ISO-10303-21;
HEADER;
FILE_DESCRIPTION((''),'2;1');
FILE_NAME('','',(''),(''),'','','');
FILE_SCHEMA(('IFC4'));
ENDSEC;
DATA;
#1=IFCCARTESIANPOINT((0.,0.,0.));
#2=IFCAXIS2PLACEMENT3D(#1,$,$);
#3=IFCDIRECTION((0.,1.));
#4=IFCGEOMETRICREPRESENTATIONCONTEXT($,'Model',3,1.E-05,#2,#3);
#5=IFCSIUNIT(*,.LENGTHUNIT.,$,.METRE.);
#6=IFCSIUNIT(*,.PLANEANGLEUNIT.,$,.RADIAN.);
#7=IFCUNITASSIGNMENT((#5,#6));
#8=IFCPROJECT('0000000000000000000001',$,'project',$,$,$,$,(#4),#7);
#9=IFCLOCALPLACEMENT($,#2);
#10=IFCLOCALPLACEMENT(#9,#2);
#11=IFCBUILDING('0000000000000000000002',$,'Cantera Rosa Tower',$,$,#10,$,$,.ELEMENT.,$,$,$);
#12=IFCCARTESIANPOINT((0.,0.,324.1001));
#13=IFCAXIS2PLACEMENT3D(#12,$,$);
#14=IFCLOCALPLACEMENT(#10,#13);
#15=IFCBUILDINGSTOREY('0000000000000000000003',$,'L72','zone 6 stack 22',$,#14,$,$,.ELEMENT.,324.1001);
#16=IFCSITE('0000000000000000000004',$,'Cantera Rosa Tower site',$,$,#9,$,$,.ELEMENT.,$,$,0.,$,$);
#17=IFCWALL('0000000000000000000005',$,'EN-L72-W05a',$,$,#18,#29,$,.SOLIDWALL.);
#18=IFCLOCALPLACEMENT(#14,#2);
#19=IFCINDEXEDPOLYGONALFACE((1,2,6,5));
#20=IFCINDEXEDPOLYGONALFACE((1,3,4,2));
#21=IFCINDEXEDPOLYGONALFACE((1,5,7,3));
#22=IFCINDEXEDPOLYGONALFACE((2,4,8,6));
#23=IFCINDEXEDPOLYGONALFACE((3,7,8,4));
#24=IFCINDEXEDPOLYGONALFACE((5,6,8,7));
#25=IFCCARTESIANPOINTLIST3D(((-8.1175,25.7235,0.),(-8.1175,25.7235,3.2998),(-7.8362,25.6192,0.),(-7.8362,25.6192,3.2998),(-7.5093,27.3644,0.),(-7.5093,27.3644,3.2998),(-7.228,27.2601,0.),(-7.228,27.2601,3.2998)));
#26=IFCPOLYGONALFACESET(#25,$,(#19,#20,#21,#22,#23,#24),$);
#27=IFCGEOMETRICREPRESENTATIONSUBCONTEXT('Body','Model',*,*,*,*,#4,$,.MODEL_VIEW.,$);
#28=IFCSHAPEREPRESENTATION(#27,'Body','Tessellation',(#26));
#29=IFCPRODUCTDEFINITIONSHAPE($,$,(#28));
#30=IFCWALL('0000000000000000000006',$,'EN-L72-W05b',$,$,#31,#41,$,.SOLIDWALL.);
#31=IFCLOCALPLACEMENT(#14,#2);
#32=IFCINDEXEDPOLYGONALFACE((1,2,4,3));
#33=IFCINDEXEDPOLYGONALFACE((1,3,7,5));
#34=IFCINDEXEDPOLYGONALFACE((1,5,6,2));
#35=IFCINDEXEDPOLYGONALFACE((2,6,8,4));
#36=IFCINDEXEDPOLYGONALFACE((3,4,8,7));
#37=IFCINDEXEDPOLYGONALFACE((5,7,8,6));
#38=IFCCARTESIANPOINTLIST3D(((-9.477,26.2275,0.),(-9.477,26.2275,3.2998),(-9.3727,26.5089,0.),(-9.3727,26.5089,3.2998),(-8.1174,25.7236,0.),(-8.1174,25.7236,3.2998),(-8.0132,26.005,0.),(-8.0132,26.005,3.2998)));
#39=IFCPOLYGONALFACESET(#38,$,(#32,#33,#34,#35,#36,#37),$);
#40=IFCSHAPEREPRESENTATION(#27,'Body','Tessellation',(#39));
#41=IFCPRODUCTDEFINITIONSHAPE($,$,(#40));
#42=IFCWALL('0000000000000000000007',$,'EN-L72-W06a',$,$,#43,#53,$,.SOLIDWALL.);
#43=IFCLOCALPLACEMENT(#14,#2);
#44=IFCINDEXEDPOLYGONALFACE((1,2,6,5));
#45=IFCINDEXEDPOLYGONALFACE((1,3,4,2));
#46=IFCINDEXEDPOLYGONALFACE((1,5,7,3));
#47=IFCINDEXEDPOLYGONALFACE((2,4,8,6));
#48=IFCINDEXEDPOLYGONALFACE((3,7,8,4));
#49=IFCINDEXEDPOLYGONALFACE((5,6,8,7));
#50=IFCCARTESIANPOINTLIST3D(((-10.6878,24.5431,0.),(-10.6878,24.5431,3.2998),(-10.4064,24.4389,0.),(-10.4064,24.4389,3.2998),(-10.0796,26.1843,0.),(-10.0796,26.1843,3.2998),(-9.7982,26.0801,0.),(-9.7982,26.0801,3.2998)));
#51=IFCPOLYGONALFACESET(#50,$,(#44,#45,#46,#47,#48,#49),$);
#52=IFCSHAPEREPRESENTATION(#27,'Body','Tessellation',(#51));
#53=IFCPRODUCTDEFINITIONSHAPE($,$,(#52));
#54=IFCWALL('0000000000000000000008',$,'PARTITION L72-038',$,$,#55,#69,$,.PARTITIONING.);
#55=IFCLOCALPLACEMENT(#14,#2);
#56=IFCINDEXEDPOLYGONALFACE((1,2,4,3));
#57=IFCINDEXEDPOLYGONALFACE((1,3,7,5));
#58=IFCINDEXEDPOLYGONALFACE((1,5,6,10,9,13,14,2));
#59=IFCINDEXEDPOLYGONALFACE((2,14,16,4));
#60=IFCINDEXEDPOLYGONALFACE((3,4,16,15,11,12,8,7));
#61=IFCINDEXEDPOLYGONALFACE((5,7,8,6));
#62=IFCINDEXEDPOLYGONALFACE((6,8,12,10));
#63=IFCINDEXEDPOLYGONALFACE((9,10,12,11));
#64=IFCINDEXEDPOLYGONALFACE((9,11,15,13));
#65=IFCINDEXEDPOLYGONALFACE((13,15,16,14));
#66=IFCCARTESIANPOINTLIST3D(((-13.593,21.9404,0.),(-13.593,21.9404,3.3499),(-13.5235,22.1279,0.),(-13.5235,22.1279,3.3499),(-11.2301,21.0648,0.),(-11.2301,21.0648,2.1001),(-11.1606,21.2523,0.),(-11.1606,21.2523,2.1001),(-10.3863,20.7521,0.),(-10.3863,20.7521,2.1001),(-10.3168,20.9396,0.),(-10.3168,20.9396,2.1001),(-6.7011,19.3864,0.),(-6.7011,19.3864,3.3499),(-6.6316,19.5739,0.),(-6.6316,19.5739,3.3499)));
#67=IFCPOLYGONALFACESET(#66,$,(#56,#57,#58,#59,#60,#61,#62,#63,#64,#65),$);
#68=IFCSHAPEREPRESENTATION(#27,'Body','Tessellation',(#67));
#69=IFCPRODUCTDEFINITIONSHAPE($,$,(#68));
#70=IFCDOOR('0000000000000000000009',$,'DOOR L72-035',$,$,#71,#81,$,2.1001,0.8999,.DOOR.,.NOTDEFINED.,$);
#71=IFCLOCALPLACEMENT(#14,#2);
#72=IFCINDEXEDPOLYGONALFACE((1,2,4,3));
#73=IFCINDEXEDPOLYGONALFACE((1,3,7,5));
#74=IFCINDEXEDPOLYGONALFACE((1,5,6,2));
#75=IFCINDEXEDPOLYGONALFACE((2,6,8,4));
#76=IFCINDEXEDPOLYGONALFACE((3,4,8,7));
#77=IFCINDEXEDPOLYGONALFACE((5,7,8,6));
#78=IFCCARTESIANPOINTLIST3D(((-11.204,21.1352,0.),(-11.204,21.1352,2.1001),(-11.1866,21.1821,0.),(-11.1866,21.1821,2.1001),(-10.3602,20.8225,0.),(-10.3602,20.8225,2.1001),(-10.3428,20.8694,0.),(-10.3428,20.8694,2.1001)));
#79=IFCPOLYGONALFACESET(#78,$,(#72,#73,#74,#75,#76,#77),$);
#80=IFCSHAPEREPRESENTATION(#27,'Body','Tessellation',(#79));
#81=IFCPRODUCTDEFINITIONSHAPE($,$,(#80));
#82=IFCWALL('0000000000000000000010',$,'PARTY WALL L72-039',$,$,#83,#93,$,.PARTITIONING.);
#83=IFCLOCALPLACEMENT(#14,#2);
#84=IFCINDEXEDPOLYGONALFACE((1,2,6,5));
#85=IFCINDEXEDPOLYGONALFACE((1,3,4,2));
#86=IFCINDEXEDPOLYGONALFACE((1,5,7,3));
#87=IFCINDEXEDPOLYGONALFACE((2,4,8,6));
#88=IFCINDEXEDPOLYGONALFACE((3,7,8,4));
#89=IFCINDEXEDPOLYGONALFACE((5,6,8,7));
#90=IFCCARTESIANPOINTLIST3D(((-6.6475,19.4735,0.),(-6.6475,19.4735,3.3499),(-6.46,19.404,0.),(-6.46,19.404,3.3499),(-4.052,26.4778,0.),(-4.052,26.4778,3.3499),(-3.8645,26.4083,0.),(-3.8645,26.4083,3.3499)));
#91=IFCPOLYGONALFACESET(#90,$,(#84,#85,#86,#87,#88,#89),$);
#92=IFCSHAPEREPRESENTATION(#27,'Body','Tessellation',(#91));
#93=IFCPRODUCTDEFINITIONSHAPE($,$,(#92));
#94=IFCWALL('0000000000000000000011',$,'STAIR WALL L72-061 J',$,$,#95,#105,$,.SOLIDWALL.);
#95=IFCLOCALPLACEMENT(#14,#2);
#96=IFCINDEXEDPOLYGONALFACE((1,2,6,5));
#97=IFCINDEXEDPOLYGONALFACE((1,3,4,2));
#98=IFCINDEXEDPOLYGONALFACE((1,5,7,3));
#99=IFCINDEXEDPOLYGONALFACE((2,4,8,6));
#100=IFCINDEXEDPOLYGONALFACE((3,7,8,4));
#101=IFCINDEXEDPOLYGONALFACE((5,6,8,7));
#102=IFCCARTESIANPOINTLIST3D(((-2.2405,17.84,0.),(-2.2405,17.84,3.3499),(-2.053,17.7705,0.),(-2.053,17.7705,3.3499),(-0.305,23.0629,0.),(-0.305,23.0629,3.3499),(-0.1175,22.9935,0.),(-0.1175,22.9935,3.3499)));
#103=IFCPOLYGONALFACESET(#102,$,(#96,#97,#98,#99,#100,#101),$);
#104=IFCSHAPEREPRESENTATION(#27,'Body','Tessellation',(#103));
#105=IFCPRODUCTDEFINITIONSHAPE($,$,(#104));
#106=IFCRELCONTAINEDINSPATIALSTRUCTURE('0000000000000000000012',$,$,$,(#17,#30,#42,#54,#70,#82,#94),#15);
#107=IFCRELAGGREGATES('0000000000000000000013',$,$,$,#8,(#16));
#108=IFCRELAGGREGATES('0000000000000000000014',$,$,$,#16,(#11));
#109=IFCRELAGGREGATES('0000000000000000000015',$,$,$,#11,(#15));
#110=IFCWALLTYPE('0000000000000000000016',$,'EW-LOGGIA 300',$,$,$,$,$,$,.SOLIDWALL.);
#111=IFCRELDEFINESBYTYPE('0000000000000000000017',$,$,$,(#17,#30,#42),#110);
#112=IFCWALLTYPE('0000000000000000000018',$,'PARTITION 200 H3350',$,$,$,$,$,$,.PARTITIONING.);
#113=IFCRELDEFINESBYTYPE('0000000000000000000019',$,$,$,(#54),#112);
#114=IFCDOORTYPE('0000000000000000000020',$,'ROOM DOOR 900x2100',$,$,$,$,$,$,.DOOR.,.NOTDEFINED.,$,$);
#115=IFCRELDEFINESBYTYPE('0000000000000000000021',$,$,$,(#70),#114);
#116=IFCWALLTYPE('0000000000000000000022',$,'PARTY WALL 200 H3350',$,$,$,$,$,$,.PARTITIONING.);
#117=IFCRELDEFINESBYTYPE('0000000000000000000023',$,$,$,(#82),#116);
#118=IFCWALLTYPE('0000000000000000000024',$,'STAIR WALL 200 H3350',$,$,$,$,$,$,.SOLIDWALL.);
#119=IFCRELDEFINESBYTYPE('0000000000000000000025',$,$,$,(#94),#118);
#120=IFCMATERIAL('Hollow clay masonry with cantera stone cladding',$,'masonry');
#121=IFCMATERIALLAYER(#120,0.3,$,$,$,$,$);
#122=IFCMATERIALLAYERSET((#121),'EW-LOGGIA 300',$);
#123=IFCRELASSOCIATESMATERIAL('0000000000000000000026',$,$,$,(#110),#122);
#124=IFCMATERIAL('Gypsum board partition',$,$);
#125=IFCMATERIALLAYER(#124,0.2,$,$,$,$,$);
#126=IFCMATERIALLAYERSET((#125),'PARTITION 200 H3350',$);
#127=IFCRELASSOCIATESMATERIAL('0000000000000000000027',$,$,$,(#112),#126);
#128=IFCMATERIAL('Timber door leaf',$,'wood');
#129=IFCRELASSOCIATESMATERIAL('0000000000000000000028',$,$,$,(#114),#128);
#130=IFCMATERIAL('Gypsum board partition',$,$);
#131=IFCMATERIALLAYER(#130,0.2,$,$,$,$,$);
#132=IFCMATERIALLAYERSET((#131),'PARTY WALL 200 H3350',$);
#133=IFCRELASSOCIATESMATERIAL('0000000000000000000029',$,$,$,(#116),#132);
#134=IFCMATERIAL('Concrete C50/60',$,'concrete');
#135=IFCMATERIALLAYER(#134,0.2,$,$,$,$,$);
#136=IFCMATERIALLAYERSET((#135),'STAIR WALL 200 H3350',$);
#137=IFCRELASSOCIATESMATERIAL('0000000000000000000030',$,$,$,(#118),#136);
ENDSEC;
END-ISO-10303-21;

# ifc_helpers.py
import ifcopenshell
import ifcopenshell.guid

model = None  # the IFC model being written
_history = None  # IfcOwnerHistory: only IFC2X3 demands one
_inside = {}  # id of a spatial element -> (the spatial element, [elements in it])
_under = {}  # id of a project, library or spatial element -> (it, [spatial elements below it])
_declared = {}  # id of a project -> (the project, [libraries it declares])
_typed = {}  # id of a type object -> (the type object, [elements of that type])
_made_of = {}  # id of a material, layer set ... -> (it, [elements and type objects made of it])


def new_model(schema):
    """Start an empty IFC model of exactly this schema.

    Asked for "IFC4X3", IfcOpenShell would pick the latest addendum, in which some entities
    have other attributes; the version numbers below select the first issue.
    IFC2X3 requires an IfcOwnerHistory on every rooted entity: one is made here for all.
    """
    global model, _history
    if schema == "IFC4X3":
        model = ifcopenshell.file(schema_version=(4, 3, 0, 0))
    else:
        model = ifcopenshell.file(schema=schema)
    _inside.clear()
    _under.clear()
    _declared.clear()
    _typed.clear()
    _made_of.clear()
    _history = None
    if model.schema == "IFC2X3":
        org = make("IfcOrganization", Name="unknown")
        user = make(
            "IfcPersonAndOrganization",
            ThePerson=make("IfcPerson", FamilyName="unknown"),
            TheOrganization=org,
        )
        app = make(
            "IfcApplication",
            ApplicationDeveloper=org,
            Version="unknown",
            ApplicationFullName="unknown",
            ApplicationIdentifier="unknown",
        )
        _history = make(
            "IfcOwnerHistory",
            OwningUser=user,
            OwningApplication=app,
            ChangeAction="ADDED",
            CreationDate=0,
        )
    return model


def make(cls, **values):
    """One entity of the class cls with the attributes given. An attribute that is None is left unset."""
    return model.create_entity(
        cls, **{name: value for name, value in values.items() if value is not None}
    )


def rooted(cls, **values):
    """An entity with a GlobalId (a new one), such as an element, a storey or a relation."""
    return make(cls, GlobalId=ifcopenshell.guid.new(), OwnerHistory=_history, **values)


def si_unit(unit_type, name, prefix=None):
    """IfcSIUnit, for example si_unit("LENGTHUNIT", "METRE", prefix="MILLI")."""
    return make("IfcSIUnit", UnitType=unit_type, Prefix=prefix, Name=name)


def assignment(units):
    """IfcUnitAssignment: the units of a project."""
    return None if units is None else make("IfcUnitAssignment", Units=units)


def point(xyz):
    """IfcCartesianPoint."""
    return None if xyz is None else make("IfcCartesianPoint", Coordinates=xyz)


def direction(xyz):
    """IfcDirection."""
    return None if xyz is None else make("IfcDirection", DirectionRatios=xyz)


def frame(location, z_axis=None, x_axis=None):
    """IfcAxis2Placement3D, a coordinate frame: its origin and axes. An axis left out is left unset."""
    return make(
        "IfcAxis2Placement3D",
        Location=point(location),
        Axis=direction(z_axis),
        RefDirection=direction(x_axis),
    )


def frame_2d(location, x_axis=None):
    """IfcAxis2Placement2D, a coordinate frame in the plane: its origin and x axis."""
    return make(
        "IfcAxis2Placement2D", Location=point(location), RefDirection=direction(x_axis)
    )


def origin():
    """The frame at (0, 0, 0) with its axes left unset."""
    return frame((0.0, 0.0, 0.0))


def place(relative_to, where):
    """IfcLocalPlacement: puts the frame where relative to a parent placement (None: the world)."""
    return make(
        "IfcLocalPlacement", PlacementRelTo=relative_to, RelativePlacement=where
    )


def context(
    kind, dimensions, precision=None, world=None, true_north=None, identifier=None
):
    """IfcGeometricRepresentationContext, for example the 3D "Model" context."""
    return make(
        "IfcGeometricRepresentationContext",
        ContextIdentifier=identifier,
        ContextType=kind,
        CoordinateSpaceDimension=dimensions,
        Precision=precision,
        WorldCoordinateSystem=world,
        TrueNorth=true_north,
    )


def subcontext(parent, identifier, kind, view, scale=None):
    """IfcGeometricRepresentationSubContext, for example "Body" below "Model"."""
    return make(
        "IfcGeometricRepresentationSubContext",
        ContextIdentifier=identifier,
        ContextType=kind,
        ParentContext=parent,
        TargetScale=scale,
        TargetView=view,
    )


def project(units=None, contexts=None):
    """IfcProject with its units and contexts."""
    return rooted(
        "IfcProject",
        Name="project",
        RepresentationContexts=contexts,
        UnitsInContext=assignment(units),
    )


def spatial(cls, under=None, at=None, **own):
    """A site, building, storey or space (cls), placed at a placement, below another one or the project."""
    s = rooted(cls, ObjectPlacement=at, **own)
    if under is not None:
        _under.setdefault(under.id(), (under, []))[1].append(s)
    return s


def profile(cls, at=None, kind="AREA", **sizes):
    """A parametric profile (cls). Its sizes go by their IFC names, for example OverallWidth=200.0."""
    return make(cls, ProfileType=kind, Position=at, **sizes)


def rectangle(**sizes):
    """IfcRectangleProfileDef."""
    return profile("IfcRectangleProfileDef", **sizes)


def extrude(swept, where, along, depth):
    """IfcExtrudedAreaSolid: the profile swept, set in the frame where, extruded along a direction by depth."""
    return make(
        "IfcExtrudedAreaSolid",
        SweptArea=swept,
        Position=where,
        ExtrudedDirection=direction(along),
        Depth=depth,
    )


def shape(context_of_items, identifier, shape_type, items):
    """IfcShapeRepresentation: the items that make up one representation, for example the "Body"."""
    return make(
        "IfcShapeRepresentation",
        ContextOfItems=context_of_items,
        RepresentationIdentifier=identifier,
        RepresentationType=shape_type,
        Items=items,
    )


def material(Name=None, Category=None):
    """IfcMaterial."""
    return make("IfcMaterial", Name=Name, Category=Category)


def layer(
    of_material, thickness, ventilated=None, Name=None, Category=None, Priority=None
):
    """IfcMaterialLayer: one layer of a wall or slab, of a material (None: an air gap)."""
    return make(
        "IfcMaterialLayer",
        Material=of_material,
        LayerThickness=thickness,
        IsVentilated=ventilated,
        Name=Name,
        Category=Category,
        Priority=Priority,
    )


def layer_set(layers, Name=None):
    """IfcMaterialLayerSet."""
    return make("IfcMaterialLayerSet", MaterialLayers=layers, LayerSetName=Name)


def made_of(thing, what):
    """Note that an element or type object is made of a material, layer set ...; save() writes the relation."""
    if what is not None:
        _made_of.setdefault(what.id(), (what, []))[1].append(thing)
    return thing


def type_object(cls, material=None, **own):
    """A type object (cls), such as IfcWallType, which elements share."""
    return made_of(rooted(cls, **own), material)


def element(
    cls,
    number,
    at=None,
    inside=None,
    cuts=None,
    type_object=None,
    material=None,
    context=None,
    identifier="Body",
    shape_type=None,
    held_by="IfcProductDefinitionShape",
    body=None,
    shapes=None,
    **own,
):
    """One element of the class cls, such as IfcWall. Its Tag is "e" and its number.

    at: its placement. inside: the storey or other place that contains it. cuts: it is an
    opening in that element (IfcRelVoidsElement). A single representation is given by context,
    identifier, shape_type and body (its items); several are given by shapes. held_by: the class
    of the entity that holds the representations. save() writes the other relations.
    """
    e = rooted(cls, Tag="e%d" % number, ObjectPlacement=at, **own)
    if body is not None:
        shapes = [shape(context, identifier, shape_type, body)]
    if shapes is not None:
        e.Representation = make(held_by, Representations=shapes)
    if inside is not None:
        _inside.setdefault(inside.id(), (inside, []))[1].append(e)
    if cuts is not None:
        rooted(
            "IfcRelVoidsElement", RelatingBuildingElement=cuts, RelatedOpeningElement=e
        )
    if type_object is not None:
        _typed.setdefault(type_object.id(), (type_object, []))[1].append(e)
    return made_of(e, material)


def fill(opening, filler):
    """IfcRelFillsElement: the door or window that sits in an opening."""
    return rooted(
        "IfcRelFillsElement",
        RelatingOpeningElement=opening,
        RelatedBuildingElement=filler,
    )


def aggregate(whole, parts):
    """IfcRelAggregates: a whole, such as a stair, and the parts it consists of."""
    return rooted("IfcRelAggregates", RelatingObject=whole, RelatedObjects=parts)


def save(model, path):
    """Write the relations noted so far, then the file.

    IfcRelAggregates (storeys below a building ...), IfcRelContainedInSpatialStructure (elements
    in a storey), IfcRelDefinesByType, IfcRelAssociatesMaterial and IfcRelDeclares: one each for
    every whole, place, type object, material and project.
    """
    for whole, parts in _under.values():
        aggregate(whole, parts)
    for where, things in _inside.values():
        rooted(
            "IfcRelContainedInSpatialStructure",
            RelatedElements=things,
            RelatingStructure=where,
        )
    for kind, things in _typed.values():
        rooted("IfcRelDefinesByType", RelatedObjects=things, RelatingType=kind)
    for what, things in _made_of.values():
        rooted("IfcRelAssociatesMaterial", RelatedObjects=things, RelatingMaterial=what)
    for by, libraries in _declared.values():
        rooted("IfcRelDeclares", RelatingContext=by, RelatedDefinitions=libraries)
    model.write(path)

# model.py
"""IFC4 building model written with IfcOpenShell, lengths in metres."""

from ifc_helpers import new_model, si_unit, direction, frame, frame_2d, origin, place, context, subcontext, project, spatial, rectangle, extrude, material, layer, layer_set, type_object, element, fill, save


model = new_model("IFC4")

# Units and contexts
model_context = context("Model", 3, precision=1e-05, world=origin(), true_north=direction((0.0, 1.0)))
body_context = subcontext(model_context, "Body", "Model", "MODEL_VIEW")
ifc_project = project(units=[si_unit("LENGTHUNIT", "METRE"), si_unit("PLANEANGLEUNIT", "RADIAN")], contexts=[model_context])

# Site, building, storey
site_placement = place(None, origin())
site = spatial("IfcSite", under=ifc_project, at=site_placement, Name="Cantera Rosa Tower site", CompositionType="ELEMENT", RefElevation=0.0)
building_placement = place(site_placement, origin())
building = spatial("IfcBuilding", under=site, at=building_placement, Name="Cantera Rosa Tower", CompositionType="ELEMENT")
storey_placement = place(building_placement, frame((0.0, 0.0, 324.1001)))
storey = spatial("IfcBuildingStorey", under=building, at=storey_placement, Name="L72", Description="zone 6 stack 22", CompositionType="ELEMENT", Elevation=324.1001)

# Walls
ifc_material_1 = material(Name="Hollow clay masonry with cantera stone cladding", Category="masonry")
ifc_layer_1 = layer(ifc_material_1, 0.3)
ifc_layer_set_1 = layer_set([ifc_layer_1], Name="EW-LOGGIA 300")
wall_type_1 = type_object("IfcWallType", Name="EW-LOGGIA 300", PredefinedType="SOLIDWALL", material=ifc_layer_set_1)
wall_1_placement = place(storey_placement, frame((-7.3687, 27.3123, 0.0), z_axis=(0.0, 0.0, 1.0), x_axis=(-0.347528, -0.93767, 0.0)))
element("IfcWall", 1, at=wall_1_placement, inside=storey, type_object=wall_type_1, Name="EN-L72-W05a", PredefinedType="SOLIDWALL", context=body_context, shape_type="SweptSolid", body=[
    extrude(rectangle(XDim=1.75, YDim=0.3, at=frame_2d((0.875, 0.0))), origin(), (0.0, 0.0, 1.0), 3.2998),
])
wall_2_placement = place(storey_placement, frame((-8.0652, 25.8643, 0.0), z_axis=(0.0, 0.0, 1.0), x_axis=(-0.937672, 0.347523, 0.0)))
element("IfcWall", 2, at=wall_2_placement, inside=storey, type_object=wall_type_1, Name="EN-L72-W05b", PredefinedType="SOLIDWALL", context=body_context, shape_type="SweptSolid", body=[
    extrude(rectangle(XDim=1.45, YDim=0.3, at=frame_2d((0.7251, 0.0))), origin(), (0.0, 0.0, 1.0), 3.2998),
])
wall_3_placement = place(storey_placement, frame((-9.939, 26.1321, 0.0), z_axis=(0.0, 0.0, 1.0), x_axis=(-0.347482, -0.937686, 0.0)))
element("IfcWall", 3, at=wall_3_placement, inside=storey, type_object=wall_type_1, Name="EN-L72-W06a", PredefinedType="SOLIDWALL", context=body_context, shape_type="SweptSolid", body=[
    extrude(rectangle(XDim=1.7502, YDim=0.3, at=frame_2d((0.875, 0.0))), origin(), (0.0, 0.0, 1.0), 3.2998),
])

# Wall, opening, door
ifc_material_2 = material(Name="Gypsum board partition")
ifc_layer_2 = layer(ifc_material_2, 0.2)
ifc_layer_set_2 = layer_set([ifc_layer_2], Name="PARTITION 200 H3350")
wall_type_2 = type_object("IfcWallType", Name="PARTITION 200 H3350", PredefinedType="PARTITIONING", material=ifc_layer_set_2)
wall_4_placement = place(storey_placement, frame((-6.6665, 19.4802, 0.0), z_axis=(0.0, 0.0, 1.0), x_axis=(-0.937686, 0.347484, 0.0)))
wall_4 = element("IfcWall", 4, at=wall_4_placement, inside=storey, type_object=wall_type_2, Name="PARTITION L72-038", PredefinedType="PARTITIONING", context=body_context, shape_type="SweptSolid", body=[
    extrude(rectangle(XDim=7.3499, YDim=0.2, at=frame_2d((3.6748, 0.0))), origin(), (0.0, 0.0, 1.0), 3.3499),
])
opening_placement = place(wall_4_placement, frame((3.9299, 0.0, 0.0)))
opening = element("IfcOpeningElement", 5, at=opening_placement, cuts=wall_4, PredefinedType="OPENING", context=body_context, shape_type="SweptSolid", body=[
    extrude(rectangle(XDim=0.8999, YDim=2.1001, at=frame_2d((0.45, 1.05))), frame((0.0, 0.1099, 0.0), z_axis=(0.0, -1.0, 0.0), x_axis=(1.0, 0.0, 0.0)), (0.0, 0.0, 1.0), 0.22),
])
ifc_material_3 = material(Name="Timber door leaf", Category="wood")
door_type = type_object("IfcDoorType", Name="ROOM DOOR 900x2100", OperationType="NOTDEFINED", PredefinedType="DOOR", material=ifc_material_3)
door_placement = place(opening_placement, origin())
door = element("IfcDoor", 6, at=door_placement, inside=storey, type_object=door_type, Name="DOOR L72-035", OperationType="NOTDEFINED", OverallHeight=2.1001, OverallWidth=0.8999, PredefinedType="DOOR", context=body_context, shape_type="SweptSolid", body=[
    extrude(rectangle(XDim=0.8999, YDim=2.1001, at=frame_2d((0.45, 1.05))), frame((0.0, 0.0249, 0.0), z_axis=(0.0, -1.0, 0.0), x_axis=(1.0, 0.0, 0.0)), (0.0, 0.0, 1.0), 0.05),
])
fill(opening, door)

# Walls
ifc_material_4 = material(Name="Gypsum board partition")
ifc_layer_3 = layer(ifc_material_4, 0.2)
ifc_layer_set_3 = layer_set([ifc_layer_3], Name="PARTY WALL 200 H3350")
wall_type_3 = type_object("IfcWallType", Name="PARTY WALL 200 H3350", PredefinedType="PARTITIONING", material=ifc_layer_set_3)
wall_5_placement = place(storey_placement, frame((-6.5537, 19.4387, 0.0), z_axis=(0.0, 0.0, 1.0), x_axis=(0.34746, 0.937695, 0.0)))
element("IfcWall", 7, at=wall_5_placement, inside=storey, type_object=wall_type_3, Name="PARTY WALL L72-039", PredefinedType="PARTITIONING", context=body_context, shape_type="SweptSolid", body=[
    extrude(rectangle(XDim=7.4697, YDim=0.2, at=frame_2d((3.7349, 0.0))), origin(), (0.0, 0.0, 1.0), 3.3499),
])
ifc_material_5 = material(Name="Concrete C50/60", Category="concrete")
ifc_layer_4 = layer(ifc_material_5, 0.2)
ifc_layer_set_4 = layer_set([ifc_layer_4], Name="STAIR WALL 200 H3350")
wall_type_4 = type_object("IfcWallType", Name="STAIR WALL 200 H3350", PredefinedType="SOLIDWALL", material=ifc_layer_set_4)
wall_6_placement = place(storey_placement, frame((-0.2112, 23.0283, 0.0), z_axis=(0.0, 0.0, 1.0), x_axis=(-0.347494, -0.937682, 0.0)))
element("IfcWall", 8, at=wall_6_placement, inside=storey, type_object=wall_type_4, Name="STAIR WALL L72-061 J", PredefinedType="SOLIDWALL", context=body_context, shape_type="SweptSolid", body=[
    extrude(rectangle(XDim=5.5701, YDim=0.2, at=frame_2d((2.7852, 0.0))), origin(), (0.0, 0.0, 1.0), 3.3499),
])

save(model, "model.ifc")
